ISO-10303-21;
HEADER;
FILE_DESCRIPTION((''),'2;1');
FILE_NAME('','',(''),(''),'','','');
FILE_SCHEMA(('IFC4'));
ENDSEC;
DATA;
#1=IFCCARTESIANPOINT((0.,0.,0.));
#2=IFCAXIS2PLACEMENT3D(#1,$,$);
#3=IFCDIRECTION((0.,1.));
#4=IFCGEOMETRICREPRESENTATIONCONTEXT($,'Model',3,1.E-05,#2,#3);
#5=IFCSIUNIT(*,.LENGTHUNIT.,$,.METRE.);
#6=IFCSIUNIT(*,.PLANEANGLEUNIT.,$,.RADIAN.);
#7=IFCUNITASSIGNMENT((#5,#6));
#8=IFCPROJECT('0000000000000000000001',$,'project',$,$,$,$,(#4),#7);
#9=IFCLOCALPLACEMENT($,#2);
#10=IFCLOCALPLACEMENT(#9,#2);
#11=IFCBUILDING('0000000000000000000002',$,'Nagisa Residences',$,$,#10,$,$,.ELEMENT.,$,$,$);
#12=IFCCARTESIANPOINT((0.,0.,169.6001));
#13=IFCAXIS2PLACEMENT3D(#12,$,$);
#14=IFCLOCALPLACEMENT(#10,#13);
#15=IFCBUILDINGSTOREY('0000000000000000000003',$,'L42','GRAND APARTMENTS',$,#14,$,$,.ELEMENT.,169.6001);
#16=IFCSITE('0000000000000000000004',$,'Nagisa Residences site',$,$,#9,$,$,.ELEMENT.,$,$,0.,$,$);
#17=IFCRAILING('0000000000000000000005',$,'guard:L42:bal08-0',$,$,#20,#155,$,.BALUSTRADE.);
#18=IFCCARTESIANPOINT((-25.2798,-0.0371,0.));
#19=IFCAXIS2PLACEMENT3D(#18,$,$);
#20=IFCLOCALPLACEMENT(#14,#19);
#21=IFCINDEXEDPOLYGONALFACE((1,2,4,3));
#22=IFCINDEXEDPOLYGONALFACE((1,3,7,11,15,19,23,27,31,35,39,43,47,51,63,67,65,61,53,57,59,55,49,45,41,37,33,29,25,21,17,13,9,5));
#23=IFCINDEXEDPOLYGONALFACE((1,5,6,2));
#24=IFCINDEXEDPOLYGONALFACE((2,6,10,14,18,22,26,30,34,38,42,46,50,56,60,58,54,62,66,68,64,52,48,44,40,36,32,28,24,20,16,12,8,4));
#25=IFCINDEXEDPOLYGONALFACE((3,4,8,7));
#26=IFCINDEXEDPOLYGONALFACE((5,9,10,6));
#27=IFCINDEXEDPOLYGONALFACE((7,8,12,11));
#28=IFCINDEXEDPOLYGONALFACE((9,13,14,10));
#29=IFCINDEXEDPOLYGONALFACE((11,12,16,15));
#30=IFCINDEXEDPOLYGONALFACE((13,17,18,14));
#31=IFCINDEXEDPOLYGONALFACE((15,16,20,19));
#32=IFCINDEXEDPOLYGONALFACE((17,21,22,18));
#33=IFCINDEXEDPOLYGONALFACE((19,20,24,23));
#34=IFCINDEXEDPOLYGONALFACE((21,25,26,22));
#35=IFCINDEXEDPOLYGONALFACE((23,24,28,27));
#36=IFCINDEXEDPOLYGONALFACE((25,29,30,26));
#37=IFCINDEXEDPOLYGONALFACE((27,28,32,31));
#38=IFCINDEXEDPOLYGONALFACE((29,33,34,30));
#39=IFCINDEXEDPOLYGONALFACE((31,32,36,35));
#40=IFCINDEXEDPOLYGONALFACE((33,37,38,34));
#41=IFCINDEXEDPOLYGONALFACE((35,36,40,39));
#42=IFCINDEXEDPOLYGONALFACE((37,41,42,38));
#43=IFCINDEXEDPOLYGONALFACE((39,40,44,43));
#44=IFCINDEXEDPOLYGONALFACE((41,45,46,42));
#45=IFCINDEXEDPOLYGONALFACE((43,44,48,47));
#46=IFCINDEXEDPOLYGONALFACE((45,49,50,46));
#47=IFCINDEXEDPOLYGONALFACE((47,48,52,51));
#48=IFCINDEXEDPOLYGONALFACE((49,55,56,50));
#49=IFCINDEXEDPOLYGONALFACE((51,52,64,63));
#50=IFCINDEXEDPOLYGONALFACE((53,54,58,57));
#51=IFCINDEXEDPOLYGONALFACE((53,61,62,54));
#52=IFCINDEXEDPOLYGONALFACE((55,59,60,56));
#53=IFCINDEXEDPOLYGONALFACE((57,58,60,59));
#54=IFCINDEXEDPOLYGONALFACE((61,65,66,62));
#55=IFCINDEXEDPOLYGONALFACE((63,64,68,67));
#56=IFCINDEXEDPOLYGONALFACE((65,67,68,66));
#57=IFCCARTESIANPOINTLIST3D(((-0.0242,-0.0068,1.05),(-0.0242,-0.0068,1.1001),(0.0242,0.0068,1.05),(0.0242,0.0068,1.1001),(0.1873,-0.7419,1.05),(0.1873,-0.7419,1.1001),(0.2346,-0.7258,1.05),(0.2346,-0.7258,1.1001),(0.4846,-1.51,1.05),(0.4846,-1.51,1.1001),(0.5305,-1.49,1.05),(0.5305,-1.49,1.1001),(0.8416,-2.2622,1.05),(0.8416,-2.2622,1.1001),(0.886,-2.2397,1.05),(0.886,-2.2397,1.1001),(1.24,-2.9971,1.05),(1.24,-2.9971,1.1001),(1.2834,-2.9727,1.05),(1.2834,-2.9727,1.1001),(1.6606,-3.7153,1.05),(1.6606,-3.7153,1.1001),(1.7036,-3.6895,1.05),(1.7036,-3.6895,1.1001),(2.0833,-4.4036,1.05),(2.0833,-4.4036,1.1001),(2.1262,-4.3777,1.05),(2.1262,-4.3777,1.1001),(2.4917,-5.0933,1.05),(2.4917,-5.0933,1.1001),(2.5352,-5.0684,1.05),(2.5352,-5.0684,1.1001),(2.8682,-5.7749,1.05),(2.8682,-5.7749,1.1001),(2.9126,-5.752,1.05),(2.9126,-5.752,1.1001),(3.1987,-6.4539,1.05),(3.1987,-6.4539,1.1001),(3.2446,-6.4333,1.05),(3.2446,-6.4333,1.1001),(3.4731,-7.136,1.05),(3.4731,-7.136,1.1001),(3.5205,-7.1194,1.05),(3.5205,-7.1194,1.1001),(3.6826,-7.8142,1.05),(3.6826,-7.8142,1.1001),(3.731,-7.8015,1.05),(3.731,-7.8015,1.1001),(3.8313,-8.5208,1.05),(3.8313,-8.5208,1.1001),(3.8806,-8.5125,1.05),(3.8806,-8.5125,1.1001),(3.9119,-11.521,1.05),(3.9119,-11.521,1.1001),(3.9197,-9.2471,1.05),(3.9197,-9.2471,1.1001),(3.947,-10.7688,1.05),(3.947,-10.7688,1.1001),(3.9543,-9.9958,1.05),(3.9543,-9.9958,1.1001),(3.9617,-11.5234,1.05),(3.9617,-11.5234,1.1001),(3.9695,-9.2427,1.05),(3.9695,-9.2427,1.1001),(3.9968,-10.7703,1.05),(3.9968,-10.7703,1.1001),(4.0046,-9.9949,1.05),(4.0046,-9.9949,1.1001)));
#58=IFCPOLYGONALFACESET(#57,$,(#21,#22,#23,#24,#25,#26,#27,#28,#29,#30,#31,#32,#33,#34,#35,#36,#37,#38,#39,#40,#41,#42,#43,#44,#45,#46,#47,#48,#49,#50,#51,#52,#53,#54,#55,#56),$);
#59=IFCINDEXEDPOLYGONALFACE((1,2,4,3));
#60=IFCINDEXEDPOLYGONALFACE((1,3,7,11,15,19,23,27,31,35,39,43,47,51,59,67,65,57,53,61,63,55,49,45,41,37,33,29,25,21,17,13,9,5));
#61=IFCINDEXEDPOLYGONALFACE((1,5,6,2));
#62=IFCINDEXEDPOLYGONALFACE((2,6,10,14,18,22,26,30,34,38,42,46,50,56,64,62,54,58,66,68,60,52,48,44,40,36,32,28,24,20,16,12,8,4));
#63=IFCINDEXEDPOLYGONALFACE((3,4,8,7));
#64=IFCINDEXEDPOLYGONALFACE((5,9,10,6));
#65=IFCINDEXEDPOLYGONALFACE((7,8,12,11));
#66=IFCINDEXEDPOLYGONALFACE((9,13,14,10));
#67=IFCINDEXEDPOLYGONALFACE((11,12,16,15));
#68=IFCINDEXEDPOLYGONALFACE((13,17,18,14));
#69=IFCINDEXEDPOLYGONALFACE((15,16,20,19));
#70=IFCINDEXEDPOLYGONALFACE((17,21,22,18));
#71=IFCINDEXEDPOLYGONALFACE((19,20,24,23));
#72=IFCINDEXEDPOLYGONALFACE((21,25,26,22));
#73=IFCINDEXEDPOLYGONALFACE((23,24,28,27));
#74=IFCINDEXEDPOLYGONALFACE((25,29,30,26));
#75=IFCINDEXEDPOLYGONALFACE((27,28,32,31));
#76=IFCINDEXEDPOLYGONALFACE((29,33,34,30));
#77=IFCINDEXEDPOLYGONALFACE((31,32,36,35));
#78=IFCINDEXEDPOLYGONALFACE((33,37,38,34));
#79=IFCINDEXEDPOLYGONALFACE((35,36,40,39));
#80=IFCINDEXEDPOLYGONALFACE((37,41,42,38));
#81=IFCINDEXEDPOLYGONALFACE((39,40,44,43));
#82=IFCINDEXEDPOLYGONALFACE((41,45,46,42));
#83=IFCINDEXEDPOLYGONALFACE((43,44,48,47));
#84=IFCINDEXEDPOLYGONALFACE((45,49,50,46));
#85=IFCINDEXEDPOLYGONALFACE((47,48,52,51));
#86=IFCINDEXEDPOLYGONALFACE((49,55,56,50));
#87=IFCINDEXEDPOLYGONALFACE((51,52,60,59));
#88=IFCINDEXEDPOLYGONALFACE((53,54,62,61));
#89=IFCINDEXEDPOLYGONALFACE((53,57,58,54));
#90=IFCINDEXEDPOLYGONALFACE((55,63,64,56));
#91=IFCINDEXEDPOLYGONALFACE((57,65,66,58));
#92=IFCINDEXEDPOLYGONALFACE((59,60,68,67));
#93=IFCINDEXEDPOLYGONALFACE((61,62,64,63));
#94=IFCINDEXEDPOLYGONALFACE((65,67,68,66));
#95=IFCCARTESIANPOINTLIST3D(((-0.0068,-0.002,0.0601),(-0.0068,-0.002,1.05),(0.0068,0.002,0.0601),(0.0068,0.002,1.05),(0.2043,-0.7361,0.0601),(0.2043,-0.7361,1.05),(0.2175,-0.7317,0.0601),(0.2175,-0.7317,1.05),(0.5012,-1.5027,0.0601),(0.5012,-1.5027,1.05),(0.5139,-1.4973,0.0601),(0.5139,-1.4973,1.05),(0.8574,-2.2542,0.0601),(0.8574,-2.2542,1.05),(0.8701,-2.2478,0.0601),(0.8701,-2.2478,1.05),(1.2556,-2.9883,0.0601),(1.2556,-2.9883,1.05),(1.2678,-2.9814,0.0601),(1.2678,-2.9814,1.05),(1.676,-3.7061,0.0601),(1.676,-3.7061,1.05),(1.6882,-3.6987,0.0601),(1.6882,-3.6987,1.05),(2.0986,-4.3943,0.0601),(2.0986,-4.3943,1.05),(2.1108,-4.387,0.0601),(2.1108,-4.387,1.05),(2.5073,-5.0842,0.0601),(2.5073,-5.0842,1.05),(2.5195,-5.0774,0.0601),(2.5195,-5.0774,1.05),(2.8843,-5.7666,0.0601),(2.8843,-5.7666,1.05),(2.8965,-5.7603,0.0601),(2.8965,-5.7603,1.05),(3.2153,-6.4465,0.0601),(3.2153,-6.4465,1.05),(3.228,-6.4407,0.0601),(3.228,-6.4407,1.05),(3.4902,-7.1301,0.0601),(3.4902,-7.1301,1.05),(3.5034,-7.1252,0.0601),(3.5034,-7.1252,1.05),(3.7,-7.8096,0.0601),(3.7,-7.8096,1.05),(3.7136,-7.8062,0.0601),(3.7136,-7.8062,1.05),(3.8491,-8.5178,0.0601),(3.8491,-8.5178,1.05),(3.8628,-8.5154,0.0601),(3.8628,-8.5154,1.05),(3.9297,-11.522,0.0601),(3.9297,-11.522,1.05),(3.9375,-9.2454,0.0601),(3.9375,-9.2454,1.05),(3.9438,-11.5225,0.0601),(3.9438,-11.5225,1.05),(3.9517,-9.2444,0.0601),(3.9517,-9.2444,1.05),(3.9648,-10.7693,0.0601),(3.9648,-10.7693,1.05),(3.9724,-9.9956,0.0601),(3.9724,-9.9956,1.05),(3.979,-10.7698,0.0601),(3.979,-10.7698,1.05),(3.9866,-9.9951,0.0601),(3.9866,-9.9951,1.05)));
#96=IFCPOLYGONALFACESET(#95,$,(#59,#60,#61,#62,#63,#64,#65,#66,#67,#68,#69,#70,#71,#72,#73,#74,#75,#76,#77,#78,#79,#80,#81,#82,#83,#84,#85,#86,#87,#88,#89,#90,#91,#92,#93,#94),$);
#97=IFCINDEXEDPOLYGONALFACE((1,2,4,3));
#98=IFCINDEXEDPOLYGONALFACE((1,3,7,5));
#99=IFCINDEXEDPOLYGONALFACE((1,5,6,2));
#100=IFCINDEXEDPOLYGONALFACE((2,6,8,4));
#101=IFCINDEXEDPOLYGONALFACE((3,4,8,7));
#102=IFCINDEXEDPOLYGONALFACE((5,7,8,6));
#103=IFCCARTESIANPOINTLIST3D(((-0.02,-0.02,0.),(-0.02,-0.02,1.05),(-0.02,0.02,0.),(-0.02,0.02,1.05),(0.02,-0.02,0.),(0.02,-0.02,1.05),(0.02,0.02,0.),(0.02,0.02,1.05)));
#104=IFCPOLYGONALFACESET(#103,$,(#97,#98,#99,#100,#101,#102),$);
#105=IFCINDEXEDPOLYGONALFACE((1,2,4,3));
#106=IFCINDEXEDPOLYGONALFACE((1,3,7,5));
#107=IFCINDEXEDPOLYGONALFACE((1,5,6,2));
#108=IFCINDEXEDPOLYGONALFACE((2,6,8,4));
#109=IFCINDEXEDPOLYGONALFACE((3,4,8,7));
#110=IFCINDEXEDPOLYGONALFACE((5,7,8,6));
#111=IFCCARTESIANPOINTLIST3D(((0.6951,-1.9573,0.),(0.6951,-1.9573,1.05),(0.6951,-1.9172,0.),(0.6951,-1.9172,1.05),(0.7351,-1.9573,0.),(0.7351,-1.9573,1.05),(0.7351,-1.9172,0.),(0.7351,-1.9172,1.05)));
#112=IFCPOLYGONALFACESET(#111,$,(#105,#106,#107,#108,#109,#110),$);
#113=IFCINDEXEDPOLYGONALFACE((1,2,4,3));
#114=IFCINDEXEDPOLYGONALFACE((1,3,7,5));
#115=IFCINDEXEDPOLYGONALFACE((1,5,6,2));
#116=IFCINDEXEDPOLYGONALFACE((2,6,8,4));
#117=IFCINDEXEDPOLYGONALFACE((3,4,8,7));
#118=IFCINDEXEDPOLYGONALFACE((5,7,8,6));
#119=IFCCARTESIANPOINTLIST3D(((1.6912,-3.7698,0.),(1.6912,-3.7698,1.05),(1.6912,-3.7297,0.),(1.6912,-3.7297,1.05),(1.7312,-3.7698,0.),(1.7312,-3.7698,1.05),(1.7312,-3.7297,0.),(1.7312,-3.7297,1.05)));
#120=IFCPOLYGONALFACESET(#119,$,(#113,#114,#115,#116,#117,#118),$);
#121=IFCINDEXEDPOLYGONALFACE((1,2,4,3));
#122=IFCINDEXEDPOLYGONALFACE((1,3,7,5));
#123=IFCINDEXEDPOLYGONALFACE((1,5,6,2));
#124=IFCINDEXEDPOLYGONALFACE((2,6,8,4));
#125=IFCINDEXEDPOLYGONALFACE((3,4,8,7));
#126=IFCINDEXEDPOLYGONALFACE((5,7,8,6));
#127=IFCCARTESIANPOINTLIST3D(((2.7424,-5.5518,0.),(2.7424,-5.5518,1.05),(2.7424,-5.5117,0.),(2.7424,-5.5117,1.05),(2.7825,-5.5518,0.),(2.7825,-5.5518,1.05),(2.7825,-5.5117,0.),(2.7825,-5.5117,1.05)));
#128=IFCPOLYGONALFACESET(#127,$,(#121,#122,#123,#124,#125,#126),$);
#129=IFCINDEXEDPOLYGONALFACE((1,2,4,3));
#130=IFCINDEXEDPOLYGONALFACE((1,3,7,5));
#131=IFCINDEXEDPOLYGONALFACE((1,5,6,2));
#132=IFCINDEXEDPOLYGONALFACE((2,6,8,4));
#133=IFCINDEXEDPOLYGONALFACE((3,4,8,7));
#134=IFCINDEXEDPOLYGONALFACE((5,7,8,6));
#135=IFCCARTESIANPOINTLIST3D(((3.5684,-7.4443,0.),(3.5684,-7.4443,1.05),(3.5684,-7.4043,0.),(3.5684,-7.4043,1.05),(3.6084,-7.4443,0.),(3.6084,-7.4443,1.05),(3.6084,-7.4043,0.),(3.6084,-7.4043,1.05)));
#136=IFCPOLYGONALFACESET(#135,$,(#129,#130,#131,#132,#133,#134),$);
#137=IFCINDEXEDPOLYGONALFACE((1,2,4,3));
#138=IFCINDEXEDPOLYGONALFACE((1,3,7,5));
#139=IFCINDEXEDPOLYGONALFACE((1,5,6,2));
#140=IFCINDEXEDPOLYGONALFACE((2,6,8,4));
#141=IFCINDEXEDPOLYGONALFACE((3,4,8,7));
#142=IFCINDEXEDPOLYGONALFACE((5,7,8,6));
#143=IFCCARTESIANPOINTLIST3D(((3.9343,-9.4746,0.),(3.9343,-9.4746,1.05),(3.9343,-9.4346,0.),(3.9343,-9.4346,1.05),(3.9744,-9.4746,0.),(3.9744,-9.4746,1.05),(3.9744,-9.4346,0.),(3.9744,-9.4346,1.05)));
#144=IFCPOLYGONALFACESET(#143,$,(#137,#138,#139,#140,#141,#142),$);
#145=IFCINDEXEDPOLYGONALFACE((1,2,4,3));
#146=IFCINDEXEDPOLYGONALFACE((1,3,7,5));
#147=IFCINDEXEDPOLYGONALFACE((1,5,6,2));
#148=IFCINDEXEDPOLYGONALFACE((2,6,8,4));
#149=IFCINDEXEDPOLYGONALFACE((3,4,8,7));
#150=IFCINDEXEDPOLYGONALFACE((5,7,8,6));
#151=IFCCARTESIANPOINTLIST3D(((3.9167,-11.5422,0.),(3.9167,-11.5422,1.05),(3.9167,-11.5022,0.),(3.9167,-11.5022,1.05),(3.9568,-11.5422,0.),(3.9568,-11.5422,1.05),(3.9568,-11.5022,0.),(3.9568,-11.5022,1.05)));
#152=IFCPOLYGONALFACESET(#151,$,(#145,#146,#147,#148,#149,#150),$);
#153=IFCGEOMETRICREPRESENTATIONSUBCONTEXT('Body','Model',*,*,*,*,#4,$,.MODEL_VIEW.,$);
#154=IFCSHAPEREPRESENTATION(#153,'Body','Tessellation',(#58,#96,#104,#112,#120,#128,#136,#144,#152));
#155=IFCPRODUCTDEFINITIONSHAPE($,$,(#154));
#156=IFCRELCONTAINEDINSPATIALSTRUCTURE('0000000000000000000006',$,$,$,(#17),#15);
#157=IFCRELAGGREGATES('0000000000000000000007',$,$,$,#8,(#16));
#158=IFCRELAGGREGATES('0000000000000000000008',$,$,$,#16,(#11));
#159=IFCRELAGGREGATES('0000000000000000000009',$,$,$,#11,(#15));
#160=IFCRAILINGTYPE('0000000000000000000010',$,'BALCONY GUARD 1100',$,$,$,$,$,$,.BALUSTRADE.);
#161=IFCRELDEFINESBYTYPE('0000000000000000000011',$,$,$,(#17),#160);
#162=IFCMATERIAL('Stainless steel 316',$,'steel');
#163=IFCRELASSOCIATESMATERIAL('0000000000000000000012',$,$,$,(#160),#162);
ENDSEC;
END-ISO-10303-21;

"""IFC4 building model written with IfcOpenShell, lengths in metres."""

from ifc_helpers import new_model, si_unit, direction, frame, origin, origin_2d, place, context, subcontext, project, spatial, polyline, rectangle, outline, extrude, material, type_object, element, save


model = new_model("IFC4")

# Units and contexts
model_context = context("Model", 3, precision=1e-05, world=origin(), true_north=direction((0.0, 1.0)))
body_context = subcontext(model_context, "Body", "Model", "MODEL_VIEW")
ifc_project = project(units=[si_unit("LENGTHUNIT", "METRE"), si_unit("PLANEANGLEUNIT", "RADIAN")], contexts=[model_context])

# Site, building, storey
site_placement = place(None, origin())
site = spatial("IfcSite", under=ifc_project, at=site_placement, Name="Nagisa Residences site", CompositionType="ELEMENT", RefElevation=0.0)
building_placement = place(site_placement, origin())
building = spatial("IfcBuilding", under=site, at=building_placement, Name="Nagisa Residences", CompositionType="ELEMENT")
storey_placement = place(building_placement, frame((0.0, 0.0, 169.6001)))
storey = spatial("IfcBuildingStorey", under=building, at=storey_placement, Name="L42", Description="GRAND APARTMENTS", CompositionType="ELEMENT", Elevation=169.6001)

# Railing
ifc_material_1 = material(Name="Stainless steel 316", Category="steel")
railing_type = type_object("IfcRailingType", Name="BALCONY GUARD 1100", PredefinedType="BALUSTRADE", material=ifc_material_1)
railing_placement = place(storey_placement, frame((-25.2798, -0.0371, 0.0)))
element("IfcRailing", 1, at=railing_placement, inside=storey, type_object=railing_type, Name="guard:L42:bal08-0", PredefinedType="BALUSTRADE", context=body_context, shape_type="SweptSolid", body=[
    extrude(outline(polyline([(0.2346, -0.7258), (0.0242, 0.0068), (-0.0242, -0.0068), (0.1873, -0.7419), (0.4846, -1.51), (0.8416, -2.2622), (1.24, -2.9971), (1.6606, -3.7153), (2.0833, -4.4036), (2.4917, -5.0933), (2.8682, -5.7749), (3.1987, -6.4539), (3.4731, -7.136), (3.6826, -7.8142), (3.8313, -8.5208), (3.9197, -9.2471), (3.9543, -9.9958), (3.947, -10.7688), (3.9119, -11.521), (3.9617, -11.5234), (3.9968, -10.7703), (4.0046, -9.9949), (3.9695, -9.2427), (3.8806, -8.5125), (3.731, -7.8015), (3.5205, -7.1194), (3.2446, -6.4333), (2.9126, -5.752), (2.5352, -5.0684), (2.1262, -4.3777), (1.7036, -3.6895), (1.2834, -2.9727), (0.886, -2.2397), (0.5305, -1.49), (0.2346, -0.7258)])), frame((0.0, 0.0, 1.05)), (0.0, 0.0, 1.0), 0.05),
    extrude(outline(polyline([(0.2175, -0.7317), (0.0068, 0.002), (-0.0068, -0.002), (0.2043, -0.7361), (0.5012, -1.5027), (0.8574, -2.2542), (1.2556, -2.9883), (1.676, -3.7061), (2.0986, -4.3943), (2.5073, -5.0842), (2.8843, -5.7666), (3.2153, -6.4465), (3.4902, -7.1301), (3.7, -7.8096), (3.8491, -8.5178), (3.9375, -9.2454), (3.9724, -9.9956), (3.9648, -10.7693), (3.9297, -11.522), (3.9438, -11.5225), (3.979, -10.7698), (3.9866, -9.9951), (3.9517, -9.2444), (3.8628, -8.5154), (3.7136, -7.8062), (3.5034, -7.1252), (3.228, -6.4407), (2.8965, -5.7603), (2.5195, -5.0774), (2.1108, -4.387), (1.6882, -3.6987), (1.2678, -2.9814), (0.8701, -2.2478), (0.5139, -1.4973), (0.2175, -0.7317)])), frame((0.0, 0.0, 0.0601)), (0.0, 0.0, 1.0), 0.99),
    extrude(rectangle(XDim=0.04, YDim=0.04, at=origin_2d()), origin(), (0.0, 0.0, 1.0), 1.05),
    extrude(rectangle(XDim=0.04, YDim=0.04, at=origin_2d()), frame((0.7151, -1.9373, 0.0)), (0.0, 0.0, 1.0), 1.05),
    extrude(rectangle(XDim=0.04, YDim=0.04, at=origin_2d()), frame((1.7112, -3.7498, 0.0)), (0.0, 0.0, 1.0), 1.05),
    extrude(rectangle(XDim=0.04, YDim=0.04, at=origin_2d()), frame((2.7625, -5.5317, 0.0)), (0.0, 0.0, 1.0), 1.05),
    extrude(rectangle(XDim=0.04, YDim=0.04, at=origin_2d()), frame((3.5884, -7.4243, 0.0)), (0.0, 0.0, 1.0), 1.05),
    extrude(rectangle(XDim=0.04, YDim=0.04, at=origin_2d()), frame((3.9543, -9.4546, 0.0)), (0.0, 0.0, 1.0), 1.05),
    extrude(rectangle(XDim=0.04, YDim=0.04, at=origin_2d()), frame((3.9368, -11.5222, 0.0)), (0.0, 0.0, 1.0), 1.05),
])

save(model, "model.ifc")
